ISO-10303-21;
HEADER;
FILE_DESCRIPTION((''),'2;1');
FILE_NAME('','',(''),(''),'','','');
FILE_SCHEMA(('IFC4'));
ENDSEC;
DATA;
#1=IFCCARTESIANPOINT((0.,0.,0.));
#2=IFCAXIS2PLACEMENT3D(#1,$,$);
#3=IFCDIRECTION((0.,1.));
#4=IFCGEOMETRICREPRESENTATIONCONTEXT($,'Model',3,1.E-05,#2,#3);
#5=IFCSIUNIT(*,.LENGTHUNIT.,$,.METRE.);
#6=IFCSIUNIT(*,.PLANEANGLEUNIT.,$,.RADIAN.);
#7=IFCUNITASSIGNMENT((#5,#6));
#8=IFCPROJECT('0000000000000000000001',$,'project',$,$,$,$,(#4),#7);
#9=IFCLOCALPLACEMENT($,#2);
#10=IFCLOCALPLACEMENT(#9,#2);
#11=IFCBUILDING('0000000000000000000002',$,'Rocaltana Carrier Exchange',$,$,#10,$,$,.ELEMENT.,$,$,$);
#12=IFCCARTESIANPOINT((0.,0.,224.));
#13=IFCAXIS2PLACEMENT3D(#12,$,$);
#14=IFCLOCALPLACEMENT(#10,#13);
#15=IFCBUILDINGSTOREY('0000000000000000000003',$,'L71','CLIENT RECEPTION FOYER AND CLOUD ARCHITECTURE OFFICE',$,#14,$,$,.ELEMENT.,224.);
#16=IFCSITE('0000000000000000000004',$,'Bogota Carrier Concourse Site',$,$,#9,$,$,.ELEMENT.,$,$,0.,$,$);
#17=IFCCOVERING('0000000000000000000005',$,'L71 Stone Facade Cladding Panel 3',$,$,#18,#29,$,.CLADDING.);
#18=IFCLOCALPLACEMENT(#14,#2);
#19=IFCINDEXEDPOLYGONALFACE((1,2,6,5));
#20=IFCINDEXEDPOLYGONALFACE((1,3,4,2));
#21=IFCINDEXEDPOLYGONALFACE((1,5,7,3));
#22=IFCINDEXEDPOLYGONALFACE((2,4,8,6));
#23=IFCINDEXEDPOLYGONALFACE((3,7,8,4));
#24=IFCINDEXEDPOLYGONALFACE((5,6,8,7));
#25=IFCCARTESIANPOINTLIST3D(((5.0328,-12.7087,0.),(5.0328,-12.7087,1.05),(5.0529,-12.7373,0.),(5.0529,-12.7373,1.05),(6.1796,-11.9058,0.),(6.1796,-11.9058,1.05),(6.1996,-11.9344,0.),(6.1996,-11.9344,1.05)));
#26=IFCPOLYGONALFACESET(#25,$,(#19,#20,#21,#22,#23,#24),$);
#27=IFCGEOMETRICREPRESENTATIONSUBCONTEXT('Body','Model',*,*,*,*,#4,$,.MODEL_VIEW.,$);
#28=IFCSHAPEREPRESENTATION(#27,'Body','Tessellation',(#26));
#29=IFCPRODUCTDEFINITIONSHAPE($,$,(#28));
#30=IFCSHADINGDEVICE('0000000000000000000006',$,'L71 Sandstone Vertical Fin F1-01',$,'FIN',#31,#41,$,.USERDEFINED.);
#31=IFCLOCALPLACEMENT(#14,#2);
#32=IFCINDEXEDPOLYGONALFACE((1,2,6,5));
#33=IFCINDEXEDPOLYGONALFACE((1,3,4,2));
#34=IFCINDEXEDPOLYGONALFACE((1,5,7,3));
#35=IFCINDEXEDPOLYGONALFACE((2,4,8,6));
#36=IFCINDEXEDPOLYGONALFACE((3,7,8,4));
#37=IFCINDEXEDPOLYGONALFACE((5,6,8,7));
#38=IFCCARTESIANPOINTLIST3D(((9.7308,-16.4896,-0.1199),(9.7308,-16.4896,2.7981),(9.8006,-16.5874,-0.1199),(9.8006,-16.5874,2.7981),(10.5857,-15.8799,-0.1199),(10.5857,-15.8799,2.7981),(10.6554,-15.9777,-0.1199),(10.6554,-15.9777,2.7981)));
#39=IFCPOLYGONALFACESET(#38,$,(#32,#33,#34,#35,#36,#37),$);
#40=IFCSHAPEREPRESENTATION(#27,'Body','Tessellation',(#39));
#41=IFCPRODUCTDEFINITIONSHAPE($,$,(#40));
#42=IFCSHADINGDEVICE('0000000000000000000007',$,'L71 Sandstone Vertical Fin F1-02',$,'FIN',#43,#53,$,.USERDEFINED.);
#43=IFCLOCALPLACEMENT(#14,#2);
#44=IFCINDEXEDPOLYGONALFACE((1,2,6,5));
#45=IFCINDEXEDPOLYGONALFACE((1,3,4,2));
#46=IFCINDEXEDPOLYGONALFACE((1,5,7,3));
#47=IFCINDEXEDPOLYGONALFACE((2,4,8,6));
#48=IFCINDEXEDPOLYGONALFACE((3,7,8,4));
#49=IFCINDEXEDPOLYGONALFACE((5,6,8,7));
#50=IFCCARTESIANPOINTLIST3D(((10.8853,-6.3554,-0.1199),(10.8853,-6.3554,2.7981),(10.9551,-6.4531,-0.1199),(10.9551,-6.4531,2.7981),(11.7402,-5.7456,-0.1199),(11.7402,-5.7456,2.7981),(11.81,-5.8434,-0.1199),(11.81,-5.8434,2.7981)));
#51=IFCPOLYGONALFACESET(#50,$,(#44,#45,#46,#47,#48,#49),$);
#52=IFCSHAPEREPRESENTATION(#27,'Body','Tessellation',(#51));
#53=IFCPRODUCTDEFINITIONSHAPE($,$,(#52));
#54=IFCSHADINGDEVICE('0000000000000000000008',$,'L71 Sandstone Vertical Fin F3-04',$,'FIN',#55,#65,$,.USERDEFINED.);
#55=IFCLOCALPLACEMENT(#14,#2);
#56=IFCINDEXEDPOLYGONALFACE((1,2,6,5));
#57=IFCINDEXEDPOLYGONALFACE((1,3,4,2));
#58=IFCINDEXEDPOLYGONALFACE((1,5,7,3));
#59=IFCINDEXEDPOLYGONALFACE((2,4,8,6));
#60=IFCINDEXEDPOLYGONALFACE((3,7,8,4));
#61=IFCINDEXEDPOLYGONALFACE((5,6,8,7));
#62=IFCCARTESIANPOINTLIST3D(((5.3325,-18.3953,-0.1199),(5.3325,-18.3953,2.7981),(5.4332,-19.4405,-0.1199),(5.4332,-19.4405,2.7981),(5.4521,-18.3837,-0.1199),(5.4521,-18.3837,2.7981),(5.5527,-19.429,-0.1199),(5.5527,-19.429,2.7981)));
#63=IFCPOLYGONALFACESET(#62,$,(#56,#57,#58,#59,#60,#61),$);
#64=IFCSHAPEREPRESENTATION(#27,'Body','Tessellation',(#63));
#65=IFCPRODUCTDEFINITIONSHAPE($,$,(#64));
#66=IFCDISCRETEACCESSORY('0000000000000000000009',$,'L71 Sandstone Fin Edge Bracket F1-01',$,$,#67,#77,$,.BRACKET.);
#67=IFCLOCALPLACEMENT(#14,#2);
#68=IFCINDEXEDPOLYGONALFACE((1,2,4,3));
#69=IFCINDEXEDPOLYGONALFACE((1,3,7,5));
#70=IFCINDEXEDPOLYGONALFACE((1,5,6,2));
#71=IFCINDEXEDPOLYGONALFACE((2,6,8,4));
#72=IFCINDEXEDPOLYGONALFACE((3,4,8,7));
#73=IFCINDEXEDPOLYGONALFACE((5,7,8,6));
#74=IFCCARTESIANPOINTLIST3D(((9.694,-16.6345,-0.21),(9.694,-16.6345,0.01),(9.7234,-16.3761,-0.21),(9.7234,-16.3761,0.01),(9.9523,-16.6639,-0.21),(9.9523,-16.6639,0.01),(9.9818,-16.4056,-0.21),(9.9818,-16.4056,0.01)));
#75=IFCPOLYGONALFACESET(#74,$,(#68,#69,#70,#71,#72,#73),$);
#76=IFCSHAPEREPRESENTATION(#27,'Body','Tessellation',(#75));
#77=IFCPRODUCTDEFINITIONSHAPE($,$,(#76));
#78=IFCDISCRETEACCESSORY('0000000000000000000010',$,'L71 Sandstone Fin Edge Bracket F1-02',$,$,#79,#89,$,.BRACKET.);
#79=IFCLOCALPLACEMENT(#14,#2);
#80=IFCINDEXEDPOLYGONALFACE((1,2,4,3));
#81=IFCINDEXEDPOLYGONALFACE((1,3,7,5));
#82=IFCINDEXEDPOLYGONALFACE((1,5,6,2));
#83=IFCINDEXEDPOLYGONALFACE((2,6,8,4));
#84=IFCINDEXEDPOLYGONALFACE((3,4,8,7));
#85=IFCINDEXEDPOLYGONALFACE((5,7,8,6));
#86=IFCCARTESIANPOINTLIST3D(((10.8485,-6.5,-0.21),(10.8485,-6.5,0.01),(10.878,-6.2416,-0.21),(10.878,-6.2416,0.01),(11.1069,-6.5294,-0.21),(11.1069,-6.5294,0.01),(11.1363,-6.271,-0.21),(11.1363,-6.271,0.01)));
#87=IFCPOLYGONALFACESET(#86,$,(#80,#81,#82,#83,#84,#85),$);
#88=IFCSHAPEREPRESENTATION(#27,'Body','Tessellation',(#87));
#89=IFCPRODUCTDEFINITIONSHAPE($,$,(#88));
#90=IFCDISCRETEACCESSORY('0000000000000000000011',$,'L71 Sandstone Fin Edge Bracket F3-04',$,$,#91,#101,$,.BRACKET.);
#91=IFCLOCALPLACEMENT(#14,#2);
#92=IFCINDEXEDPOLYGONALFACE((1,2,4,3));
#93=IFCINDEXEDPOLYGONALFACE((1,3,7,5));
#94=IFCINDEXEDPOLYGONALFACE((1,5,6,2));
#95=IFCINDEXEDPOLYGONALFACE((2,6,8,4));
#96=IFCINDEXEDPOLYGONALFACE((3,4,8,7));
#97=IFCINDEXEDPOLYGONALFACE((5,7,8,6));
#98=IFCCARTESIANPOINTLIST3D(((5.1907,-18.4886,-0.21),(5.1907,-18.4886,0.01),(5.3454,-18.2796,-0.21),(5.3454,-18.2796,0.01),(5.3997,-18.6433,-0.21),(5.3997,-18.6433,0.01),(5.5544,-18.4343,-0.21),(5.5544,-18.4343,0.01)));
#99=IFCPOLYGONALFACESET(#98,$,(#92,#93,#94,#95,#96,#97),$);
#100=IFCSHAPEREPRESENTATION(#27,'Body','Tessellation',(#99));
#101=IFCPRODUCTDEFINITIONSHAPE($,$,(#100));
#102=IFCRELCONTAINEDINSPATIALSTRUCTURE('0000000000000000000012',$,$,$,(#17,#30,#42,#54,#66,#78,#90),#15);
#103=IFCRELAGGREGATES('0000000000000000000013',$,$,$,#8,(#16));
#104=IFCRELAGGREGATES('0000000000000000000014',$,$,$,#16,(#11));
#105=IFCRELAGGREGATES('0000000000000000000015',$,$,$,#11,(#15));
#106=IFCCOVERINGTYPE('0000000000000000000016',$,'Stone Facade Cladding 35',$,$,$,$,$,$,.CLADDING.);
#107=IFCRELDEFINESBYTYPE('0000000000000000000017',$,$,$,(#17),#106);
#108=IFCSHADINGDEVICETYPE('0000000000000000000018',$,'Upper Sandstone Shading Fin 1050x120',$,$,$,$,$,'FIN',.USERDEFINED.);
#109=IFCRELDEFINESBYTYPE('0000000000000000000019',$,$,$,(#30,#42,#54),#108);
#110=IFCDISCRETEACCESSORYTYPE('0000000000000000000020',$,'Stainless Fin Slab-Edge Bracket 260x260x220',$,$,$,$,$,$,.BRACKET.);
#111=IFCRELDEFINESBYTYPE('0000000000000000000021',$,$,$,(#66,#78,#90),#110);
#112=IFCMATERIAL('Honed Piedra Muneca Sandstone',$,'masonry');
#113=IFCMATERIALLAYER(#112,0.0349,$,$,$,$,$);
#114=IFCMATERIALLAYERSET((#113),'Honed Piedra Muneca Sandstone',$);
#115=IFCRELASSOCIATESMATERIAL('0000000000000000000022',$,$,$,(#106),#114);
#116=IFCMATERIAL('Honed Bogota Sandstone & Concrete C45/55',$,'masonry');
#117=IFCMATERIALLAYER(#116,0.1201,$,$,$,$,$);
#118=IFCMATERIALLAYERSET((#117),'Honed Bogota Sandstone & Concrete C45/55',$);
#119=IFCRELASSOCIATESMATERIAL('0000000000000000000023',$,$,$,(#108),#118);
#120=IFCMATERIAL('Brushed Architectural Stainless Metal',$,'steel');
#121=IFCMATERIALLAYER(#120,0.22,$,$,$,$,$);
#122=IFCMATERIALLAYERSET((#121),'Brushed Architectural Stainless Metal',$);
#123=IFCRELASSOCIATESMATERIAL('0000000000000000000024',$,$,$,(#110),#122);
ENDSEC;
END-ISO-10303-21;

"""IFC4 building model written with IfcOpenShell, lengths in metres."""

from ifc_helpers import new_model, si_unit, direction, frame, origin, origin_2d, place, context, subcontext, project, spatial, rectangle, extrude, material, layer, layer_set, type_object, element, save


model = new_model("IFC4")

# Units and contexts
model_context = context("Model", 3, precision=1e-05, world=origin(), true_north=direction((0.0, 1.0)))
body_context = subcontext(model_context, "Body", "Model", "MODEL_VIEW")
ifc_project = project(units=[si_unit("LENGTHUNIT", "METRE"), si_unit("PLANEANGLEUNIT", "RADIAN")], contexts=[model_context])

# Site, building, storey
site_placement = place(None, origin())
site = spatial("IfcSite", under=ifc_project, at=site_placement, Name="Bogota Carrier Concourse Site", CompositionType="ELEMENT", RefElevation=0.0)
building_placement = place(site_placement, origin())
building = spatial("IfcBuilding", under=site, at=building_placement, Name="Rocaltana Carrier Exchange", CompositionType="ELEMENT")
storey_placement = place(building_placement, frame((0.0, 0.0, 224.0)))
storey = spatial("IfcBuildingStorey", under=building, at=storey_placement, Name="L71", Description="CLIENT RECEPTION FOYER AND CLOUD ARCHITECTURE OFFICE", CompositionType="ELEMENT", Elevation=224.0)

# Covering
ifc_material_1 = material(Name="Honed Piedra Muneca Sandstone", Category="masonry")
ifc_layer_1 = layer(ifc_material_1, 0.0349)
ifc_layer_set_1 = layer_set([ifc_layer_1], Name="Honed Piedra Muneca Sandstone")
covering_type = type_object("IfcCoveringType", Name="Stone Facade Cladding 35", PredefinedType="CLADDING", material=ifc_layer_set_1)
covering_placement = place(storey_placement, frame((5.6162, -12.3215, 0.0), z_axis=(0.0, 0.0, 1.0), x_axis=(0.819152, 0.573576, 0.0)))
element("IfcCovering", 1, at=covering_placement, inside=storey, type_object=covering_type, Name="L71 Stone Facade Cladding Panel 3", PredefinedType="CLADDING", context=body_context, shape_type="SweptSolid", body=[
    extrude(rectangle(XDim=1.3999, YDim=0.0349, at=origin_2d()), origin(), (0.0, 0.0, 1.0), 1.05),
])

# Shading devices
ifc_material_2 = material(Name="Honed Bogota Sandstone & Concrete C45/55", Category="masonry")
ifc_layer_2 = layer(ifc_material_2, 0.1201)
ifc_layer_set_2 = layer_set([ifc_layer_2], Name="Honed Bogota Sandstone & Concrete C45/55")
shading_device_type = type_object("IfcShadingDeviceType", Name="Upper Sandstone Shading Fin 1050x120", ElementType="FIN", PredefinedType="USERDEFINED", material=ifc_layer_set_2)
for number, where, z_axis, x_axis, name in (
    (2, (10.1931, -16.2336, -0.1199), (0.0, 0.0, 1.0), (0.814116, 0.580703, 0.0), "L71 Sandstone Vertical Fin F1-01"),
    (3, (11.3477, -6.0994, -0.1199), (0.0, 0.0, 1.0), (0.814116, 0.580703, 0.0), "L71 Sandstone Vertical Fin F1-02"),
    (4, (5.4426, -18.9121, -0.1199), (0.0, 0.0, 1.0), (0.095846, -0.995396, 0.0), "L71 Sandstone Vertical Fin F3-04"),
):
    element("IfcShadingDevice", number, at=place(storey_placement, frame(where, z_axis=z_axis, x_axis=x_axis)), inside=storey, type_object=shading_device_type, Name=name, ObjectType="FIN", PredefinedType="USERDEFINED", context=body_context, shape_type="SweptSolid", body=[
        extrude(rectangle(XDim=1.05, YDim=0.1201, at=origin_2d()), origin(), (0.0, 0.0, 1.0), 2.918),
    ])

# Discrete accessories
ifc_material_3 = material(Name="Brushed Architectural Stainless Metal", Category="steel")
ifc_layer_3 = layer(ifc_material_3, 0.22)
ifc_layer_set_3 = layer_set([ifc_layer_3], Name="Brushed Architectural Stainless Metal")
discrete_accessory_type = type_object("IfcDiscreteAccessoryType", Name="Stainless Fin Slab-Edge Bracket 260x260x220", PredefinedType="BRACKET", material=ifc_layer_set_3)
for number, where, z_axis, x_axis, name in (
    (5, (9.8379, -16.52, -0.21), (0.0, 0.0, 1.0), (0.113203, 0.993572, 0.0), "L71 Sandstone Fin Edge Bracket F1-01"),
    (6, (10.9924, -6.3855, -0.21), (0.0, 0.0, 1.0), (0.113203, 0.993572, 0.0), "L71 Sandstone Fin Edge Bracket F1-02"),
    (7, (5.3726, -18.4614, -0.21), (0.0, 0.0, 1.0), (0.803857, -0.594823, 0.0), "L71 Sandstone Fin Edge Bracket F3-04"),
):
    element("IfcDiscreteAccessory", number, at=place(storey_placement, frame(where, z_axis=z_axis, x_axis=x_axis)), inside=storey, type_object=discrete_accessory_type, Name=name, PredefinedType="BRACKET", context=body_context, shape_type="SweptSolid", body=[
        extrude(rectangle(XDim=0.26, YDim=0.26, at=origin_2d()), origin(), (0.0, 0.0, 1.0), 0.22),
    ])

save(model, "model.ifc")
